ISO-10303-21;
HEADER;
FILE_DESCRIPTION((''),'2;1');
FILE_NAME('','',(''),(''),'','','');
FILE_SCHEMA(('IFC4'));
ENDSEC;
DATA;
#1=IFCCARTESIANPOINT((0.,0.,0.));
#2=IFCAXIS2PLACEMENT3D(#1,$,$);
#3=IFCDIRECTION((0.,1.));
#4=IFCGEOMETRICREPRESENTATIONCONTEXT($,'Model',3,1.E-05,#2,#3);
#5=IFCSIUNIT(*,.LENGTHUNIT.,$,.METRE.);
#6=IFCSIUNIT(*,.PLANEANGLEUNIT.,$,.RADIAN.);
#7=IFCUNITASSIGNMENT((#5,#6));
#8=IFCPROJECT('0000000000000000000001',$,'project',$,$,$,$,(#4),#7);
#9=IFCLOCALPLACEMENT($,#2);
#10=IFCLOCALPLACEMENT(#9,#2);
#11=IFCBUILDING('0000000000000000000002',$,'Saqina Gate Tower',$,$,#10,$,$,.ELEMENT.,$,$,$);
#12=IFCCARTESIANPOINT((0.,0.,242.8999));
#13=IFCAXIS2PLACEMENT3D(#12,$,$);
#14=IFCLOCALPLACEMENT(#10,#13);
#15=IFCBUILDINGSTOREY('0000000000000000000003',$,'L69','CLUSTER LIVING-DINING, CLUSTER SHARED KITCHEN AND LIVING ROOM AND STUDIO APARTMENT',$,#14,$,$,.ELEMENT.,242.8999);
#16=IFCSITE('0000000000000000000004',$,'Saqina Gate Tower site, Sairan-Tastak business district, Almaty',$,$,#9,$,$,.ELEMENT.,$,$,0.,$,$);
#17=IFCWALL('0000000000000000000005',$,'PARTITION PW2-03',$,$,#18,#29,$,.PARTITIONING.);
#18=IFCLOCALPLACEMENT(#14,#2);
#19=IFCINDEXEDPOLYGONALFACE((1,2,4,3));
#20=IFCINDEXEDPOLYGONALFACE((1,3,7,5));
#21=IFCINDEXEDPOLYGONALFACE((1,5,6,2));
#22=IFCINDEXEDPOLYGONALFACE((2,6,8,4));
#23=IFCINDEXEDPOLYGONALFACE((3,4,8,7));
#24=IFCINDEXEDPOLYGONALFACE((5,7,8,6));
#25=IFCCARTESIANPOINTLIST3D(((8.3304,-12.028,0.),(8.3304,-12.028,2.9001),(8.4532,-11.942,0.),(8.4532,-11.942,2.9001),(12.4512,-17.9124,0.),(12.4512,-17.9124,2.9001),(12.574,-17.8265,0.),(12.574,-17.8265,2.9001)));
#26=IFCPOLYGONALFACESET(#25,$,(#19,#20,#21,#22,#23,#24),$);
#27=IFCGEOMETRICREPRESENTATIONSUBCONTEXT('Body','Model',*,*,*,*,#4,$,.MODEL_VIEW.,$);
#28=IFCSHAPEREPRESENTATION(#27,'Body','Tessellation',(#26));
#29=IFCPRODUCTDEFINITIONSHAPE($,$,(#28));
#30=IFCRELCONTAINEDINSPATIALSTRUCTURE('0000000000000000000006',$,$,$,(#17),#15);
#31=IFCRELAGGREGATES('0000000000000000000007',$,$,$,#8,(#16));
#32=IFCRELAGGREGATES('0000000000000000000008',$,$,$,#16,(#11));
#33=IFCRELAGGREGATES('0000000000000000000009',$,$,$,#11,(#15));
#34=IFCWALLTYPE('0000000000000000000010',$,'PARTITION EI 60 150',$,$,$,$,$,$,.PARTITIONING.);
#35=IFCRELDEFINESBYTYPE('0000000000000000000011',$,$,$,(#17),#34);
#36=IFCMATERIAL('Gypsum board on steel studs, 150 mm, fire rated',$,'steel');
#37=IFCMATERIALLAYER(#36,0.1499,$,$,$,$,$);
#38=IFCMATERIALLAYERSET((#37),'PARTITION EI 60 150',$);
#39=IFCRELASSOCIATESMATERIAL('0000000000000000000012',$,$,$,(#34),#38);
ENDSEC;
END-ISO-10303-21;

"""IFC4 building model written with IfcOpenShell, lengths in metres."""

from ifc_helpers import new_model, si_unit, direction, frame, frame_2d, origin, place, context, subcontext, project, spatial, rectangle, extrude, material, layer, layer_set, type_object, element, save


model = new_model("IFC4")

# Units and contexts
model_context = context("Model", 3, precision=1e-05, world=origin(), true_north=direction((0.0, 1.0)))
body_context = subcontext(model_context, "Body", "Model", "MODEL_VIEW")
ifc_project = project(units=[si_unit("LENGTHUNIT", "METRE"), si_unit("PLANEANGLEUNIT", "RADIAN")], contexts=[model_context])

# Site, building, storey
site_placement = place(None, origin())
site = spatial("IfcSite", under=ifc_project, at=site_placement, Name="Saqina Gate Tower site, Sairan-Tastak business district, Almaty", CompositionType="ELEMENT", RefElevation=0.0)
building_placement = place(site_placement, origin())
building = spatial("IfcBuilding", under=site, at=building_placement, Name="Saqina Gate Tower", CompositionType="ELEMENT")
storey_placement = place(building_placement, frame((0.0, 0.0, 242.8999)))
storey = spatial("IfcBuildingStorey", under=building, at=storey_placement, Name="L69", Description="CLUSTER LIVING-DINING, CLUSTER SHARED KITCHEN AND LIVING ROOM AND STUDIO APARTMENT", CompositionType="ELEMENT", Elevation=242.8999)

# Wall
ifc_material_1 = material(Name="Gypsum board on steel studs, 150 mm, fire rated", Category="steel")
ifc_layer_1 = layer(ifc_material_1, 0.1499)
ifc_layer_set_1 = layer_set([ifc_layer_1], Name="PARTITION EI 60 150")
wall_type_1 = type_object("IfcWallType", Name="PARTITION EI 60 150", PredefinedType="PARTITIONING", material=ifc_layer_set_1)
wall_1_placement = place(storey_placement, frame((8.3918, -11.9851, 0.0), z_axis=(0.0, 0.0, 1.0), x_axis=(0.57362, -0.819122, 0.0)))
element("IfcWall", 1, at=wall_1_placement, inside=storey, type_object=wall_type_1, Name="PARTITION PW2-03", PredefinedType="PARTITIONING", context=body_context, shape_type="SweptSolid", body=[
    extrude(rectangle(XDim=7.1838, YDim=0.1499, at=frame_2d((3.5918, 0.0))), origin(), (0.0, 0.0, 1.0), 2.9001),
])

save(model, "model.ifc")
